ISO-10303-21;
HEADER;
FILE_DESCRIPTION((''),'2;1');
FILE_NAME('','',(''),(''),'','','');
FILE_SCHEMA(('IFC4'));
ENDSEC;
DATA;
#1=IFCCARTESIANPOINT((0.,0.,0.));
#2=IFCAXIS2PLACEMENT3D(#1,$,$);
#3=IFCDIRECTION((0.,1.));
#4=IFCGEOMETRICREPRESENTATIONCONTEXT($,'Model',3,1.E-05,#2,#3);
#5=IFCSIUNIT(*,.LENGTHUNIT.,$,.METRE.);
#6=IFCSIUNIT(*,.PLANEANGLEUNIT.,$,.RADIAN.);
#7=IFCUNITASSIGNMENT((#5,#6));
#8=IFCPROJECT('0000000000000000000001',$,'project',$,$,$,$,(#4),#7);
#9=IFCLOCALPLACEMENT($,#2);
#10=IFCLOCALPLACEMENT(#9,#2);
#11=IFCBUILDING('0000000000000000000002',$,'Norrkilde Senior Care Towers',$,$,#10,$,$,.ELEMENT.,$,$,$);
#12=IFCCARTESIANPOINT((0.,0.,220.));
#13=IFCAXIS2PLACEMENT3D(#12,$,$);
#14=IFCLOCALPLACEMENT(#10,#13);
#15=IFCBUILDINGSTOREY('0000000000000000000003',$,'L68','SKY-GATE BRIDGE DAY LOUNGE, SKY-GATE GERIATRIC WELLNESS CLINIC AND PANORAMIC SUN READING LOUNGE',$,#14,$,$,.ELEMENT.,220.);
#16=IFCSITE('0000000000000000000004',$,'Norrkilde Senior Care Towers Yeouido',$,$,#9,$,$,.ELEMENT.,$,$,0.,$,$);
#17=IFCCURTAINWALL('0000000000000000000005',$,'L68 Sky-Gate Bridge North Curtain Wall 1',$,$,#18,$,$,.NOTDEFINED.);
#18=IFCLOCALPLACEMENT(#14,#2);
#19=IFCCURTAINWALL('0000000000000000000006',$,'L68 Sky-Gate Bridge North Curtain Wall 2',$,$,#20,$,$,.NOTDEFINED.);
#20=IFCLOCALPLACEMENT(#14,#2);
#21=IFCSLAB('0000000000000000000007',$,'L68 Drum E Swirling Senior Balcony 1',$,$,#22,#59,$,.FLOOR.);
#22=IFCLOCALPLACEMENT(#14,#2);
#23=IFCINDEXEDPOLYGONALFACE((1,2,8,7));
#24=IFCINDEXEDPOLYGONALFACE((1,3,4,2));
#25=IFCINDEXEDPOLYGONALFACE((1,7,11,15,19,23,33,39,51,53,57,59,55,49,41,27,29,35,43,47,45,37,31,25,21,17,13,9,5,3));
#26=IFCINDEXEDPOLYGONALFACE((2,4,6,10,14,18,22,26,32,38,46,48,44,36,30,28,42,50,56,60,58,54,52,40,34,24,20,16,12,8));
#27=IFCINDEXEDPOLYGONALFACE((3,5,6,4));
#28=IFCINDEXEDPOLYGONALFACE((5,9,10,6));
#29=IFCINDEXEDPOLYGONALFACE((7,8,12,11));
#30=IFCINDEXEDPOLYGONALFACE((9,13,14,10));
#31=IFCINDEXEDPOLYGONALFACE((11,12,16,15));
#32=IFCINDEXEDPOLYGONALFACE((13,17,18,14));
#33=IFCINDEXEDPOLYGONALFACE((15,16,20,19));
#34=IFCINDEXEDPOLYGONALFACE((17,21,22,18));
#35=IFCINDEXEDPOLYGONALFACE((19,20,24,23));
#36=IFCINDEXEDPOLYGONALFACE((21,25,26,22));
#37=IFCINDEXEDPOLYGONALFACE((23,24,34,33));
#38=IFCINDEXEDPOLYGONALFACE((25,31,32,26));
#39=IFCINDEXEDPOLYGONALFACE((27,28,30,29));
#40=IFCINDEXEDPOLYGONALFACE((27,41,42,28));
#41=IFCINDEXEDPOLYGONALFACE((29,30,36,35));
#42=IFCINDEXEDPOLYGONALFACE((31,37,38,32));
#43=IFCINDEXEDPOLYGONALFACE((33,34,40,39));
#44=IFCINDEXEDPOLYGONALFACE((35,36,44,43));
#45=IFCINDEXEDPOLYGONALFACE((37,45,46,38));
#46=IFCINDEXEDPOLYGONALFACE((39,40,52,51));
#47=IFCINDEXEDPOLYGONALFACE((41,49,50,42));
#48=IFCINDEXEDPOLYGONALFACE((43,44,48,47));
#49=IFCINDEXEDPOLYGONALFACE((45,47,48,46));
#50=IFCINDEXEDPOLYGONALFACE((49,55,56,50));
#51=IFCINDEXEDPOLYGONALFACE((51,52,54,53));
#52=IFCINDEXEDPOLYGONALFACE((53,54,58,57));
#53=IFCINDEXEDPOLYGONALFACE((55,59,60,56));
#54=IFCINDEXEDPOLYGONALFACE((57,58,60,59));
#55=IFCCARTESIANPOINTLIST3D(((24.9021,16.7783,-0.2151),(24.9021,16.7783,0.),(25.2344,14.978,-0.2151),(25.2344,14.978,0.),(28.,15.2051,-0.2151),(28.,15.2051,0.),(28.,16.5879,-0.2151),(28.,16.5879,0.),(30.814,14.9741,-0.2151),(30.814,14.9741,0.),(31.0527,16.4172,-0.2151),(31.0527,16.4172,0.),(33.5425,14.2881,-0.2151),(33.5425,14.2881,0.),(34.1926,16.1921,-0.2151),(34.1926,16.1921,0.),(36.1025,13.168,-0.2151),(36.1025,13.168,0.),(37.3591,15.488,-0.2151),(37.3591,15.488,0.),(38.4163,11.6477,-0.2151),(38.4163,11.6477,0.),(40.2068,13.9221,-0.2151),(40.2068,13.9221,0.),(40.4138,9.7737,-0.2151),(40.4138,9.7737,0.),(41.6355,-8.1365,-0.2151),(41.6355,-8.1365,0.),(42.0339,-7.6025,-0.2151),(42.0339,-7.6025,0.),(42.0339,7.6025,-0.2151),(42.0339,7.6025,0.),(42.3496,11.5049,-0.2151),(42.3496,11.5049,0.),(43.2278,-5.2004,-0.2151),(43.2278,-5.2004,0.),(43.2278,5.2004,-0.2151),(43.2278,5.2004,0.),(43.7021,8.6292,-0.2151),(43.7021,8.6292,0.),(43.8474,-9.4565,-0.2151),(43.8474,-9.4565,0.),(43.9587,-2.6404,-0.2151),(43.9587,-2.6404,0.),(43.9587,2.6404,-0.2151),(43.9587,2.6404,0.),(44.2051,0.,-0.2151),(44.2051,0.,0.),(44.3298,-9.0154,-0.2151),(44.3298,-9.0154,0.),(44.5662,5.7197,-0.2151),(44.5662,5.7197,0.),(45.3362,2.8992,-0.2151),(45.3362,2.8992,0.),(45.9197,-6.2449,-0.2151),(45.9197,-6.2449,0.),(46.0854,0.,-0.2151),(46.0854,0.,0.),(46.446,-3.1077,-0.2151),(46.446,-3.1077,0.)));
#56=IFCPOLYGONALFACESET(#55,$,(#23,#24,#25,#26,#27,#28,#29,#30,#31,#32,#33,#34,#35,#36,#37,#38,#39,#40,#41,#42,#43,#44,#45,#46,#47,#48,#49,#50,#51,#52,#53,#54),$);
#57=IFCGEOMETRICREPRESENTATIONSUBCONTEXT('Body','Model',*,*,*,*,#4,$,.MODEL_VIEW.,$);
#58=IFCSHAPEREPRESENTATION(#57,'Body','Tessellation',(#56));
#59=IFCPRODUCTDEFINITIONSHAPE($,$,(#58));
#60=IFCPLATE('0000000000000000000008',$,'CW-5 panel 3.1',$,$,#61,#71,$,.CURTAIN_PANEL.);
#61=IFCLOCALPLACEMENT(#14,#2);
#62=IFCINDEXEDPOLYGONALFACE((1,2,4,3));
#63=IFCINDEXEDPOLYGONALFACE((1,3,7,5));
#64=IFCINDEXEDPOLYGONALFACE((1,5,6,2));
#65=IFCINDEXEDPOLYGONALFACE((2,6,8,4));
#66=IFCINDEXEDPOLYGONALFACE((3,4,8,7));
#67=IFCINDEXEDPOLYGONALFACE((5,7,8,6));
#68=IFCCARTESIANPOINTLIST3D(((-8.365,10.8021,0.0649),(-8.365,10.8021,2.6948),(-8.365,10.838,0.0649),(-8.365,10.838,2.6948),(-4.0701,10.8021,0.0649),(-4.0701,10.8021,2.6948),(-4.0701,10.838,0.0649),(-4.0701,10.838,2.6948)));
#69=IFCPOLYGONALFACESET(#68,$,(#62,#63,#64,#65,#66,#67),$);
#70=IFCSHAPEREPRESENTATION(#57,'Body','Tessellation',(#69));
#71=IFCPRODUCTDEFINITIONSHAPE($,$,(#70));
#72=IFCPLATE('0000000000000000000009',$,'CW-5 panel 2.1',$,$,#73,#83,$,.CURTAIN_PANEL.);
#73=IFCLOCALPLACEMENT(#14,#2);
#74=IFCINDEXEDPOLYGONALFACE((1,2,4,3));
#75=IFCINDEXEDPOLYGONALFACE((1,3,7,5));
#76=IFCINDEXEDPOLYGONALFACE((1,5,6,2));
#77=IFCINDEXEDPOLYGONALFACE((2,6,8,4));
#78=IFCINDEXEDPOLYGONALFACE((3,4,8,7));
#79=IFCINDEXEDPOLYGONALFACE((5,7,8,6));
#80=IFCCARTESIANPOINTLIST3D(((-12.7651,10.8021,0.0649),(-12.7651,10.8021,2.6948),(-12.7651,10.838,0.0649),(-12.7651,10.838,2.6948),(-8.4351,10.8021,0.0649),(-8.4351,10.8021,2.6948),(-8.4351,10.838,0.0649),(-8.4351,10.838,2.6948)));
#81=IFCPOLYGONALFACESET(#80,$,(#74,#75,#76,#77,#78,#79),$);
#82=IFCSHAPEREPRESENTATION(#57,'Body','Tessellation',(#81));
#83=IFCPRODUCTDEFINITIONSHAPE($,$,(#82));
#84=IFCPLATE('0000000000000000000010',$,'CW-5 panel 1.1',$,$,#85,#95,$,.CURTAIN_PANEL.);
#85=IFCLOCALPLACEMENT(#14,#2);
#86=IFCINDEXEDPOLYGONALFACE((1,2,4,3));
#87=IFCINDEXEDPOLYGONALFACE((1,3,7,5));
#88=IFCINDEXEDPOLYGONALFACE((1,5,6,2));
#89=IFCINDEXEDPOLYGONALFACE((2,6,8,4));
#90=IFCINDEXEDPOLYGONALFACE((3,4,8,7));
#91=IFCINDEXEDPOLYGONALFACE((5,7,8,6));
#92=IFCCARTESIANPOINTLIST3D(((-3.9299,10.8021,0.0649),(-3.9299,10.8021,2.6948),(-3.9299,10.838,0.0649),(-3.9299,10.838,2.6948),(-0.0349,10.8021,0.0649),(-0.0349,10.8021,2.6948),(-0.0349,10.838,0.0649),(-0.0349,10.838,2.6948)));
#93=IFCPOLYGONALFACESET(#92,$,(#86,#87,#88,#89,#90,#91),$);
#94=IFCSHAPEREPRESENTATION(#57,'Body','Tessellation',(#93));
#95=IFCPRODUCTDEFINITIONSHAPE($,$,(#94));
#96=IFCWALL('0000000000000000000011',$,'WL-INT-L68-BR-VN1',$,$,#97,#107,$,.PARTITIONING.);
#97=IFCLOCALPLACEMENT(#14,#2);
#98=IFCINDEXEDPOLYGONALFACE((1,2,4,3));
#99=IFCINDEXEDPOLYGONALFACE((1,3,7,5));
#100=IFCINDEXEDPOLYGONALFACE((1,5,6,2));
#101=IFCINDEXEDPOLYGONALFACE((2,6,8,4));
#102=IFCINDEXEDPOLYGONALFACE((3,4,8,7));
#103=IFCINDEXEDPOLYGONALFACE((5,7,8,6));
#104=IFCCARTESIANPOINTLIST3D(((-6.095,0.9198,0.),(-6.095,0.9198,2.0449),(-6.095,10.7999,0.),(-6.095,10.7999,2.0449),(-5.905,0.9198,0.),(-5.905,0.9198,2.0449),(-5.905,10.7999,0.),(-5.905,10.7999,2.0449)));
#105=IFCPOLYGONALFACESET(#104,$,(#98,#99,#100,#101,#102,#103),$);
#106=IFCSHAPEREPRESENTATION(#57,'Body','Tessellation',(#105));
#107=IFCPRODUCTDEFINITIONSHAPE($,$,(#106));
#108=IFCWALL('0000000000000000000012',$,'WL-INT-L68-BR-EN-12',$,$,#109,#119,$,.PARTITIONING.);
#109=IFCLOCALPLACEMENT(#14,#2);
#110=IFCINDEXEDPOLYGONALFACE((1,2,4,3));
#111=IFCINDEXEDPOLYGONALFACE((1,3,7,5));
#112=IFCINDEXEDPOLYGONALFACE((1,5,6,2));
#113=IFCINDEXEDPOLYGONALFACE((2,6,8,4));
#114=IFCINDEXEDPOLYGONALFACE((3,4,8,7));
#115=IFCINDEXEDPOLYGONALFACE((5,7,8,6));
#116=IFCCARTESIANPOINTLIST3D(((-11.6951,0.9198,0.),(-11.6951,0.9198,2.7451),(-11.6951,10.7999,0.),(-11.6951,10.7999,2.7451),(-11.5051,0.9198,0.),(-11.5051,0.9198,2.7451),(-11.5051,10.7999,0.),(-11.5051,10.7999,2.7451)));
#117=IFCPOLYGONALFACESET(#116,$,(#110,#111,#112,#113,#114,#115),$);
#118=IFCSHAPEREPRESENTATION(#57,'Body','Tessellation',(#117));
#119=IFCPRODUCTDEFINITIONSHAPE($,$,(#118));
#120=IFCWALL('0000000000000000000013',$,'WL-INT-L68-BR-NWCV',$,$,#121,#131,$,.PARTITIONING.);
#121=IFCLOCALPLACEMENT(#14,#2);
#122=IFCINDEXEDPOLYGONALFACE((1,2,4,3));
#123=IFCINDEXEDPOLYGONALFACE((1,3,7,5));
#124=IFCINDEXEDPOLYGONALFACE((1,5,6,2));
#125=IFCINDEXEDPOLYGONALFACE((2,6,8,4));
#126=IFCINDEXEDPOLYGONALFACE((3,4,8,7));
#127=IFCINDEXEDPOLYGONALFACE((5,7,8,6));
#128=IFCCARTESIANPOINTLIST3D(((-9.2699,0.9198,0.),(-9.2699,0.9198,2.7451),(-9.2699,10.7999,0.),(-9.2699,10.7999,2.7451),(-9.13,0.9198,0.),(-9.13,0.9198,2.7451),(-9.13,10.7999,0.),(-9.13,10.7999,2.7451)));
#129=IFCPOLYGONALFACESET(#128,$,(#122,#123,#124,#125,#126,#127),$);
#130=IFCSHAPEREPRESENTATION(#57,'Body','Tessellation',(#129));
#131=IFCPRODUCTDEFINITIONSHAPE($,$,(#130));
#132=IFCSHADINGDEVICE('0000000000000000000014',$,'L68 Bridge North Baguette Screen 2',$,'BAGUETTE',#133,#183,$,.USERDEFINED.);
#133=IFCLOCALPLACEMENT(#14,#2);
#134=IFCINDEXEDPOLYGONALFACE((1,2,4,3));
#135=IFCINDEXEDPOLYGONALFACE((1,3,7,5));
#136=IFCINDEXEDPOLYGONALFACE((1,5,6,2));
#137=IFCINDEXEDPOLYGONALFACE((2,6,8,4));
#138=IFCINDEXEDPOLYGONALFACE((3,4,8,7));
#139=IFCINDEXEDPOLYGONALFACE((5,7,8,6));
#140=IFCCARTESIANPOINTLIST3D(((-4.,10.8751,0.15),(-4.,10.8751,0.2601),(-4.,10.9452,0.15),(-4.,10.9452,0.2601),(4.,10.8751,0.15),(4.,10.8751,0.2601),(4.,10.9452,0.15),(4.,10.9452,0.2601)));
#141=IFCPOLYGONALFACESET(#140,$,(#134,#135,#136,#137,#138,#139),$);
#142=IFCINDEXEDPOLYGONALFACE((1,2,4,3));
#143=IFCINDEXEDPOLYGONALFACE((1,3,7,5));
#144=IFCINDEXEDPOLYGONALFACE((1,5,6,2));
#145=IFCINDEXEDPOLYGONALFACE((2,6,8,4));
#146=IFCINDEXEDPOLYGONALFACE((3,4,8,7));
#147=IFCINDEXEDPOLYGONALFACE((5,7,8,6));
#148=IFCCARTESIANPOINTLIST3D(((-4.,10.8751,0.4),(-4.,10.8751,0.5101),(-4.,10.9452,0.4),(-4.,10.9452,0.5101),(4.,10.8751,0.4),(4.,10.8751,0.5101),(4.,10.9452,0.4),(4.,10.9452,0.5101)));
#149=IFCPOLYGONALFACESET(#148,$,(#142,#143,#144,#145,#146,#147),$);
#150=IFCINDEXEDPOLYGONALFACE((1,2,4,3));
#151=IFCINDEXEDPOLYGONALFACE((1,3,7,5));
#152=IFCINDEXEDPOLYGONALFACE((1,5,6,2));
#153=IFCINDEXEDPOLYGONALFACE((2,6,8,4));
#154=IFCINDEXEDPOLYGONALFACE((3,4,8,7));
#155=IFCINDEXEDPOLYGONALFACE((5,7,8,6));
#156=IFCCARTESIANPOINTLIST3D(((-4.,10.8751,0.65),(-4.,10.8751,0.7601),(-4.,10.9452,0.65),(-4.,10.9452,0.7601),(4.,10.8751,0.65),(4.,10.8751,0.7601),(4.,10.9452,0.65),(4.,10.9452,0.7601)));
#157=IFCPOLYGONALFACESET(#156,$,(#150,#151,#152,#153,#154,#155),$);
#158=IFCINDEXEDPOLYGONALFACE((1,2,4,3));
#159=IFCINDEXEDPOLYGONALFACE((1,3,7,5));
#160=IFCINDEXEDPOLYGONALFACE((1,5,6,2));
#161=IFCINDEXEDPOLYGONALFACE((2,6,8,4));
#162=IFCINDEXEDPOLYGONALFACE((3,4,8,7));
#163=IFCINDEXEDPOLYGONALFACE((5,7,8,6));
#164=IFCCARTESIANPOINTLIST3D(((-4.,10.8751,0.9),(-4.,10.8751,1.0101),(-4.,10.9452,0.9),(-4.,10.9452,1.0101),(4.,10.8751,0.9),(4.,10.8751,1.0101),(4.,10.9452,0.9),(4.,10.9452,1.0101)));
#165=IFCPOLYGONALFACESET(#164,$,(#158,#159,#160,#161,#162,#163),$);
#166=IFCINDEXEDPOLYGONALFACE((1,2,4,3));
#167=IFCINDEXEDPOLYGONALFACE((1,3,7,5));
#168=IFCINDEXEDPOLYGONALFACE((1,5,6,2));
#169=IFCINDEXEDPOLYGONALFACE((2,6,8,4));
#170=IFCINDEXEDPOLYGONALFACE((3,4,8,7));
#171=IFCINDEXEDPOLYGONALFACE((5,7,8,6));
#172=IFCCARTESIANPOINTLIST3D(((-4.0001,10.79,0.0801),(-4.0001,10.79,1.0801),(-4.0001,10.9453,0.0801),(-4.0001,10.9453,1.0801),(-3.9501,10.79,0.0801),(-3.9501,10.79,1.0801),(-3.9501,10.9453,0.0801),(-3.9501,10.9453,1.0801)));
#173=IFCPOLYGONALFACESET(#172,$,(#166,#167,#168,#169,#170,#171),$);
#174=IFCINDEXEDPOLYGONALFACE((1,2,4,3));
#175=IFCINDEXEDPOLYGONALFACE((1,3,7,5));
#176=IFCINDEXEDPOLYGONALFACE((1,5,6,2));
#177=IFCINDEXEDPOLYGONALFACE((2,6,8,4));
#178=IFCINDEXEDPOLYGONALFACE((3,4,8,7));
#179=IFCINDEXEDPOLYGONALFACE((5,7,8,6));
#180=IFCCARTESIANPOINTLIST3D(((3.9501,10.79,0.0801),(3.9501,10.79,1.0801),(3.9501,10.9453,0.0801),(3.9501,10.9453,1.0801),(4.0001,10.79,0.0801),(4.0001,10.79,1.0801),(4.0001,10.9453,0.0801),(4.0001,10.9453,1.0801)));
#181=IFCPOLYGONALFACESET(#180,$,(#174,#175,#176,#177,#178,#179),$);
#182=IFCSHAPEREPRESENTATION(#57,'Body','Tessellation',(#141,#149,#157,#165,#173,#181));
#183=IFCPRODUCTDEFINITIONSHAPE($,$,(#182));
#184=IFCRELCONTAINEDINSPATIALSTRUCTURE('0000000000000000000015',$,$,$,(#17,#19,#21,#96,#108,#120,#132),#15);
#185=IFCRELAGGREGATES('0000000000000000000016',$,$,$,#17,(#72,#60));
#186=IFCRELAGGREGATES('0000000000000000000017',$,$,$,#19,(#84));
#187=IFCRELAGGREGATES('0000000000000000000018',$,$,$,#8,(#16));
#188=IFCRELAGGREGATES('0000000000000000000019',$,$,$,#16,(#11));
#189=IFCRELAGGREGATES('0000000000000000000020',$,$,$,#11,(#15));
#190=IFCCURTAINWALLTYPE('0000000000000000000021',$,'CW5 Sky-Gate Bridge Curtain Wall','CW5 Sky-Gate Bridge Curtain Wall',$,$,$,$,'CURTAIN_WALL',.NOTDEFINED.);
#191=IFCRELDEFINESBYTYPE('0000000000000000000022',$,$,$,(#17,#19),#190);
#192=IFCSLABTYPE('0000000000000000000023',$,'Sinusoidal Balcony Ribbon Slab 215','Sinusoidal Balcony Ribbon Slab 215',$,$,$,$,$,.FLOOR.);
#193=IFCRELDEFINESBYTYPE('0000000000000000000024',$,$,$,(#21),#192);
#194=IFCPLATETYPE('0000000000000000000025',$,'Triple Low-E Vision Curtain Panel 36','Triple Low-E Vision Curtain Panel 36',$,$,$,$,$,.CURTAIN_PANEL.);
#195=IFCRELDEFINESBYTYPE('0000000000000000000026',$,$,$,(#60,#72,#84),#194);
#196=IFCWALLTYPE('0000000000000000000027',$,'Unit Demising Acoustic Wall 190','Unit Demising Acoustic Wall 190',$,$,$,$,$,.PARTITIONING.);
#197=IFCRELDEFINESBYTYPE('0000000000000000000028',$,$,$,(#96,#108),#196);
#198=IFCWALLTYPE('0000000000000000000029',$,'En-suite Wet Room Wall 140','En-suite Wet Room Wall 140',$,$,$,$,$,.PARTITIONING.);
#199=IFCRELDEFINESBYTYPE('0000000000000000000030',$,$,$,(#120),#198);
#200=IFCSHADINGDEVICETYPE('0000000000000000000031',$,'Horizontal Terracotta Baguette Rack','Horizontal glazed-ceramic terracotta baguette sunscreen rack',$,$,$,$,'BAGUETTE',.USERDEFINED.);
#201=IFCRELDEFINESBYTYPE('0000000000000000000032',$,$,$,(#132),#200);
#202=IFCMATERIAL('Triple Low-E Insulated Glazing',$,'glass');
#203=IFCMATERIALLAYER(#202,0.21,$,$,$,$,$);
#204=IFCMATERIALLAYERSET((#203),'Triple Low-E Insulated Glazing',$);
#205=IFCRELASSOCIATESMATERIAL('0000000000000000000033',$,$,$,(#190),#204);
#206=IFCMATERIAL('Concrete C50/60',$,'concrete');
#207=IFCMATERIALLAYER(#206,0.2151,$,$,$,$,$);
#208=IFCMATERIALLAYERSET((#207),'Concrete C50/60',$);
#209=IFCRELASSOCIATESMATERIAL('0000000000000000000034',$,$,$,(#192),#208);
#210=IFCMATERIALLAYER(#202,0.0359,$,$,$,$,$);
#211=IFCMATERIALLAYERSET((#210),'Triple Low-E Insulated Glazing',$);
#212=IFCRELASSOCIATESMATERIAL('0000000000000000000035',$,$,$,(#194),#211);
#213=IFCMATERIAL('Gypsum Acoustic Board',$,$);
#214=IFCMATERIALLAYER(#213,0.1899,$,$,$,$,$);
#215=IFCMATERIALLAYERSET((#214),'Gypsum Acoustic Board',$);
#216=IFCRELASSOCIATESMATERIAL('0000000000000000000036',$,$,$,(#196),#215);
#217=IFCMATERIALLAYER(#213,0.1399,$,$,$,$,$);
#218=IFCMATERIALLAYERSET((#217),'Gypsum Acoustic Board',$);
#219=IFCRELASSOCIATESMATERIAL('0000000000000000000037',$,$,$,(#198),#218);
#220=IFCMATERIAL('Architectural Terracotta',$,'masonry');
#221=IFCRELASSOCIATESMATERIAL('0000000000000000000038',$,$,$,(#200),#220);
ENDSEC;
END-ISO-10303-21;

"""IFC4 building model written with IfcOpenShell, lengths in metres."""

from ifc_helpers import new_model, si_unit, direction, frame, frame_2d, origin, origin_2d, place, context, subcontext, project, spatial, polyline, rectangle, outline, extrude, source, transform, mapped, material, layer, layer_set, type_object, type_shapes, element, aggregate, save


model = new_model("IFC4")

# Units and contexts
model_context = context("Model", 3, precision=1e-05, world=origin(), true_north=direction((0.0, 1.0)))
body_context = subcontext(model_context, "Body", "Model", "MODEL_VIEW")
ifc_project = project(units=[si_unit("LENGTHUNIT", "METRE"), si_unit("PLANEANGLEUNIT", "RADIAN")], contexts=[model_context])

# Site, building, storey
site_placement = place(None, origin())
site = spatial("IfcSite", under=ifc_project, at=site_placement, Name="Norrkilde Senior Care Towers Yeouido", CompositionType="ELEMENT", RefElevation=0.0)
building_placement = place(site_placement, origin())
building = spatial("IfcBuilding", under=site, at=building_placement, Name="Norrkilde Senior Care Towers", CompositionType="ELEMENT")
storey_placement = place(building_placement, frame((0.0, 0.0, 220.0)))
storey = spatial("IfcBuildingStorey", under=building, at=storey_placement, Name="L68", Description="SKY-GATE BRIDGE DAY LOUNGE, SKY-GATE GERIATRIC WELLNESS CLINIC AND PANORAMIC SUN READING LOUNGE", CompositionType="ELEMENT", Elevation=220.0)

# Curtain walls
ifc_material_1 = material(Name="Triple Low-E Insulated Glazing", Category="glass")
ifc_layer_1 = layer(ifc_material_1, 0.21)
ifc_layer_set_1 = layer_set([ifc_layer_1], Name="Triple Low-E Insulated Glazing")
curtain_wall_type = type_object("IfcCurtainWallType", Name="CW5 Sky-Gate Bridge Curtain Wall", Description="CW5 Sky-Gate Bridge Curtain Wall", ElementType="CURTAIN_WALL", PredefinedType="NOTDEFINED", material=ifc_layer_set_1)
curtain_wall_1_placement = place(storey_placement, origin())
curtain_wall_1 = element("IfcCurtainWall", 1, at=curtain_wall_1_placement, inside=storey, type_object=curtain_wall_type, Name="L68 Sky-Gate Bridge North Curtain Wall 1", PredefinedType="NOTDEFINED")
curtain_wall_2_placement = place(storey_placement, origin())
curtain_wall_2 = element("IfcCurtainWall", 2, at=curtain_wall_2_placement, inside=storey, type_object=curtain_wall_type, Name="L68 Sky-Gate Bridge North Curtain Wall 2", PredefinedType="NOTDEFINED")

# Slab
ifc_material_2 = material(Name="Concrete C50/60", Category="concrete")
ifc_layer_2 = layer(ifc_material_2, 0.2151)
ifc_layer_set_2 = layer_set([ifc_layer_2], Name="Concrete C50/60")
slab_type_1 = type_object("IfcSlabType", Name="Sinusoidal Balcony Ribbon Slab 215", Description="Sinusoidal Balcony Ribbon Slab 215", PredefinedType="FLOOR", material=ifc_layer_set_2)
slab_1_placement = place(storey_placement, frame((0.0, 0.0, -0.2151)))
element("IfcSlab", 3, at=slab_1_placement, inside=storey, type_object=slab_type_1, Name="L68 Drum E Swirling Senior Balcony 1", PredefinedType="FLOOR", context=body_context, shape_type="SweptSolid", body=[
    extrude(outline(polyline([(43.8474, -9.4565), (41.6355, -8.1365), (42.0339, -7.6025), (43.2278, -5.2004), (43.9587, -2.6404), (44.2051, 0.0), (43.9587, 2.6404), (43.2278, 5.2004), (42.0339, 7.6025), (40.4138, 9.7737), (38.4163, 11.6477), (36.1025, 13.168), (33.5425, 14.2881), (30.814, 14.9741), (28.0, 15.2051), (25.2344, 14.978), (24.9021, 16.7783), (28.0, 16.5879), (31.0527, 16.4172), (34.1926, 16.1921), (37.3591, 15.488), (40.2068, 13.9221), (42.3496, 11.5049), (43.7021, 8.6292), (44.5662, 5.7197), (45.3362, 2.8992), (46.0854, 0.0), (46.446, -3.1077), (45.9197, -6.2449), (44.3298, -9.0154), (43.8474, -9.4565)])), origin(), (0.0, 0.0, 1.0), 0.2151),
])

# Plates
ifc_layer_3 = layer(ifc_material_1, 0.0359)
ifc_layer_set_3 = layer_set([ifc_layer_3], Name="Triple Low-E Insulated Glazing")
plate_type = type_object("IfcPlateType", Name="Triple Low-E Vision Curtain Panel 36", Description="Triple Low-E Vision Curtain Panel 36", PredefinedType="CURTAIN_PANEL", material=ifc_layer_set_3)
shared_shape_1 = source(origin(), body_context, "Body", "SweptSolid", [
    extrude(rectangle(XDim=4.2949, YDim=0.0359, at=origin_2d()), origin(), (0.0, 0.0, 1.0), 2.6299),
])
plate_1_placement = place(storey_placement, frame((-6.2175, 10.8201, 0.0649), z_axis=(0.0, 0.0, 1.0), x_axis=(1.0, 0.0, 0.0)))
plate_1 = element("IfcPlate", 4, at=plate_1_placement, type_object=plate_type, Name="CW-5 panel 3.1", PredefinedType="CURTAIN_PANEL", context=body_context, shape_type="MappedRepresentation", body=[
    mapped(shared_shape_1, transform((0.0, 0.0, 0.0), x_axis=(1.0, 0.0, 0.0), y_axis=(0.0, 1.0, 0.0), z_axis=(0.0, 0.0, 1.0), scale=1.0)),
])
shared_shape_2 = source(origin(), body_context, "Body", "SweptSolid", [
    extrude(rectangle(XDim=4.3301, YDim=0.0359, at=origin_2d()), origin(), (0.0, 0.0, 1.0), 2.6299),
])
plate_2_placement = place(storey_placement, frame((-10.6001, 10.8201, 0.0649), z_axis=(0.0, 0.0, 1.0), x_axis=(1.0, 0.0, 0.0)))
plate_2 = element("IfcPlate", 5, at=plate_2_placement, type_object=plate_type, Name="CW-5 panel 2.1", PredefinedType="CURTAIN_PANEL", context=body_context, shape_type="MappedRepresentation", body=[
    mapped(shared_shape_2, transform((0.0, 0.0, 0.0), x_axis=(1.0, 0.0, 0.0), y_axis=(0.0, 1.0, 0.0), z_axis=(0.0, 0.0, 1.0), scale=1.0)),
])
aggregate(curtain_wall_1, [plate_2, plate_1])
shared_shape_3 = source(origin(), body_context, "Body", "SweptSolid", [
    extrude(rectangle(XDim=3.895, YDim=0.0359, at=origin_2d()), origin(), (0.0, 0.0, 1.0), 2.6299),
])
type_shapes(plate_type, [shared_shape_1, shared_shape_2, shared_shape_3])
plate_3_placement = place(storey_placement, frame((-1.9824, 10.8201, 0.0649), z_axis=(0.0, 0.0, 1.0), x_axis=(1.0, 0.0, 0.0)))
plate_3 = element("IfcPlate", 6, at=plate_3_placement, type_object=plate_type, Name="CW-5 panel 1.1", PredefinedType="CURTAIN_PANEL", context=body_context, shape_type="MappedRepresentation", body=[
    mapped(shared_shape_3, transform((0.0, 0.0, 0.0), x_axis=(1.0, 0.0, 0.0), y_axis=(0.0, 1.0, 0.0), z_axis=(0.0, 0.0, 1.0), scale=1.0)),
])
aggregate(curtain_wall_2, [plate_3])

# Wall
ifc_material_3 = material(Name="Gypsum Acoustic Board")
ifc_layer_4 = layer(ifc_material_3, 0.1899)
ifc_layer_set_4 = layer_set([ifc_layer_4], Name="Gypsum Acoustic Board")
wall_type_1 = type_object("IfcWallType", Name="Unit Demising Acoustic Wall 190", Description="Unit Demising Acoustic Wall 190", PredefinedType="PARTITIONING", material=ifc_layer_set_4)
shared_shape_4 = source(origin(), body_context, "Body", "SweptSolid", [
    extrude(rectangle(XDim=9.8801, YDim=0.1899, at=frame_2d((4.9399, 0.0))), origin(), (0.0, 0.0, 1.0), 2.0449),
])
wall_1_placement = place(storey_placement, frame((-6.0, 0.9199, 0.0), z_axis=(0.0, 0.0, 1.0), x_axis=(0.0, 1.0, 0.0)))
element("IfcWall", 7, at=wall_1_placement, inside=storey, type_object=wall_type_1, Name="WL-INT-L68-BR-VN1", PredefinedType="PARTITIONING", context=body_context, shape_type="MappedRepresentation", body=[
    mapped(shared_shape_4, transform((0.0, 0.0, 0.0), x_axis=(1.0, 0.0, 0.0), y_axis=(0.0, 1.0, 0.0), z_axis=(0.0, 0.0, 1.0), scale=1.0)),
])

# Walls
shared_shape_5 = source(origin(), body_context, "Body", "SweptSolid", [
    extrude(rectangle(XDim=9.8801, YDim=0.1899, at=frame_2d((4.9399, 0.0))), origin(), (0.0, 0.0, 1.0), 2.7451),
])
type_shapes(wall_type_1, [shared_shape_4, shared_shape_5])
wall_2_placement = place(storey_placement, frame((-11.6001, 0.9199, 0.0), z_axis=(0.0, 0.0, 1.0), x_axis=(0.0, 1.0, 0.0)))
element("IfcWall", 8, at=wall_2_placement, inside=storey, type_object=wall_type_1, Name="WL-INT-L68-BR-EN-12", PredefinedType="PARTITIONING", context=body_context, shape_type="MappedRepresentation", body=[
    mapped(shared_shape_5, transform((0.0, 0.0, 0.0), x_axis=(1.0, 0.0, 0.0), y_axis=(0.0, 1.0, 0.0), z_axis=(0.0, 0.0, 1.0), scale=1.0)),
])
ifc_layer_5 = layer(ifc_material_3, 0.1399)
ifc_layer_set_5 = layer_set([ifc_layer_5], Name="Gypsum Acoustic Board")
wall_type_2 = type_object("IfcWallType", Name="En-suite Wet Room Wall 140", Description="En-suite Wet Room Wall 140", PredefinedType="PARTITIONING", material=ifc_layer_set_5)
shared_shape_6 = source(origin(), body_context, "Body", "SweptSolid", [
    extrude(rectangle(XDim=9.8801, YDim=0.1399, at=frame_2d((4.9399, 0.0))), origin(), (0.0, 0.0, 1.0), 2.7451),
])
type_shapes(wall_type_2, [shared_shape_6])
wall_3_placement = place(storey_placement, frame((-9.2, 0.9199, 0.0), z_axis=(0.0, 0.0, 1.0), x_axis=(0.0, 1.0, 0.0)))
element("IfcWall", 9, at=wall_3_placement, inside=storey, type_object=wall_type_2, Name="WL-INT-L68-BR-NWCV", PredefinedType="PARTITIONING", context=body_context, shape_type="MappedRepresentation", body=[
    mapped(shared_shape_6, transform((0.0, 0.0, 0.0), x_axis=(1.0, 0.0, 0.0), y_axis=(0.0, 1.0, 0.0), z_axis=(0.0, 0.0, 1.0), scale=1.0)),
])

# Shading device
ifc_material_4 = material(Name="Architectural Terracotta", Category="masonry")
shading_device_type = type_object("IfcShadingDeviceType", Name="Horizontal Terracotta Baguette Rack", Description="Horizontal glazed-ceramic terracotta baguette sunscreen rack", ElementType="BAGUETTE", PredefinedType="USERDEFINED", material=ifc_material_4)
shared_shape_7 = source(origin(), body_context, "Body", "SweptSolid", [
    extrude(rectangle(XDim=0.0701, YDim=0.1101, at=origin_2d()), frame((0.0, 0.0901, 0.125), z_axis=(1.0, 0.0, 0.0), x_axis=(0.0, 1.0, 0.0)), (0.0, 0.0, 1.0), 8.0),
    extrude(rectangle(XDim=0.0701, YDim=0.1101, at=origin_2d()), frame((0.0, 0.0901, 0.375), z_axis=(1.0, 0.0, 0.0), x_axis=(0.0, 1.0, 0.0)), (0.0, 0.0, 1.0), 8.0),
    extrude(rectangle(XDim=0.0701, YDim=0.1101, at=origin_2d()), frame((0.0, 0.0901, 0.625), z_axis=(1.0, 0.0, 0.0), x_axis=(0.0, 1.0, 0.0)), (0.0, 0.0, 1.0), 8.0),
    extrude(rectangle(XDim=0.0701, YDim=0.1101, at=origin_2d()), frame((0.0, 0.0901, 0.875), z_axis=(1.0, 0.0, 0.0), x_axis=(0.0, 1.0, 0.0)), (0.0, 0.0, 1.0), 8.0),
    extrude(rectangle(XDim=0.05, YDim=0.1553, at=origin_2d()), frame((0.0249, 0.0476, 0.0)), (0.0, 0.0, 1.0), 1.0),
    extrude(rectangle(XDim=0.05, YDim=0.1553, at=origin_2d()), frame((7.9751, 0.0476, 0.0)), (0.0, 0.0, 1.0), 1.0),
])
type_shapes(shading_device_type, [shared_shape_7])
shading_device_placement = place(storey_placement, frame((-4.0, 10.8201, 0.0801), z_axis=(0.0, 0.0, 1.0), x_axis=(1.0, 0.0, 0.0)))
element("IfcShadingDevice", 10, at=shading_device_placement, inside=storey, type_object=shading_device_type, Name="L68 Bridge North Baguette Screen 2", ObjectType="BAGUETTE", PredefinedType="USERDEFINED", context=body_context, shape_type="MappedRepresentation", body=[
    mapped(shared_shape_7, transform((0.0, 0.0, 0.0), x_axis=(1.0, 0.0, 0.0), y_axis=(0.0, 1.0, 0.0), z_axis=(0.0, 0.0, 1.0), scale=1.0)),
])

save(model, "model.ifc")
